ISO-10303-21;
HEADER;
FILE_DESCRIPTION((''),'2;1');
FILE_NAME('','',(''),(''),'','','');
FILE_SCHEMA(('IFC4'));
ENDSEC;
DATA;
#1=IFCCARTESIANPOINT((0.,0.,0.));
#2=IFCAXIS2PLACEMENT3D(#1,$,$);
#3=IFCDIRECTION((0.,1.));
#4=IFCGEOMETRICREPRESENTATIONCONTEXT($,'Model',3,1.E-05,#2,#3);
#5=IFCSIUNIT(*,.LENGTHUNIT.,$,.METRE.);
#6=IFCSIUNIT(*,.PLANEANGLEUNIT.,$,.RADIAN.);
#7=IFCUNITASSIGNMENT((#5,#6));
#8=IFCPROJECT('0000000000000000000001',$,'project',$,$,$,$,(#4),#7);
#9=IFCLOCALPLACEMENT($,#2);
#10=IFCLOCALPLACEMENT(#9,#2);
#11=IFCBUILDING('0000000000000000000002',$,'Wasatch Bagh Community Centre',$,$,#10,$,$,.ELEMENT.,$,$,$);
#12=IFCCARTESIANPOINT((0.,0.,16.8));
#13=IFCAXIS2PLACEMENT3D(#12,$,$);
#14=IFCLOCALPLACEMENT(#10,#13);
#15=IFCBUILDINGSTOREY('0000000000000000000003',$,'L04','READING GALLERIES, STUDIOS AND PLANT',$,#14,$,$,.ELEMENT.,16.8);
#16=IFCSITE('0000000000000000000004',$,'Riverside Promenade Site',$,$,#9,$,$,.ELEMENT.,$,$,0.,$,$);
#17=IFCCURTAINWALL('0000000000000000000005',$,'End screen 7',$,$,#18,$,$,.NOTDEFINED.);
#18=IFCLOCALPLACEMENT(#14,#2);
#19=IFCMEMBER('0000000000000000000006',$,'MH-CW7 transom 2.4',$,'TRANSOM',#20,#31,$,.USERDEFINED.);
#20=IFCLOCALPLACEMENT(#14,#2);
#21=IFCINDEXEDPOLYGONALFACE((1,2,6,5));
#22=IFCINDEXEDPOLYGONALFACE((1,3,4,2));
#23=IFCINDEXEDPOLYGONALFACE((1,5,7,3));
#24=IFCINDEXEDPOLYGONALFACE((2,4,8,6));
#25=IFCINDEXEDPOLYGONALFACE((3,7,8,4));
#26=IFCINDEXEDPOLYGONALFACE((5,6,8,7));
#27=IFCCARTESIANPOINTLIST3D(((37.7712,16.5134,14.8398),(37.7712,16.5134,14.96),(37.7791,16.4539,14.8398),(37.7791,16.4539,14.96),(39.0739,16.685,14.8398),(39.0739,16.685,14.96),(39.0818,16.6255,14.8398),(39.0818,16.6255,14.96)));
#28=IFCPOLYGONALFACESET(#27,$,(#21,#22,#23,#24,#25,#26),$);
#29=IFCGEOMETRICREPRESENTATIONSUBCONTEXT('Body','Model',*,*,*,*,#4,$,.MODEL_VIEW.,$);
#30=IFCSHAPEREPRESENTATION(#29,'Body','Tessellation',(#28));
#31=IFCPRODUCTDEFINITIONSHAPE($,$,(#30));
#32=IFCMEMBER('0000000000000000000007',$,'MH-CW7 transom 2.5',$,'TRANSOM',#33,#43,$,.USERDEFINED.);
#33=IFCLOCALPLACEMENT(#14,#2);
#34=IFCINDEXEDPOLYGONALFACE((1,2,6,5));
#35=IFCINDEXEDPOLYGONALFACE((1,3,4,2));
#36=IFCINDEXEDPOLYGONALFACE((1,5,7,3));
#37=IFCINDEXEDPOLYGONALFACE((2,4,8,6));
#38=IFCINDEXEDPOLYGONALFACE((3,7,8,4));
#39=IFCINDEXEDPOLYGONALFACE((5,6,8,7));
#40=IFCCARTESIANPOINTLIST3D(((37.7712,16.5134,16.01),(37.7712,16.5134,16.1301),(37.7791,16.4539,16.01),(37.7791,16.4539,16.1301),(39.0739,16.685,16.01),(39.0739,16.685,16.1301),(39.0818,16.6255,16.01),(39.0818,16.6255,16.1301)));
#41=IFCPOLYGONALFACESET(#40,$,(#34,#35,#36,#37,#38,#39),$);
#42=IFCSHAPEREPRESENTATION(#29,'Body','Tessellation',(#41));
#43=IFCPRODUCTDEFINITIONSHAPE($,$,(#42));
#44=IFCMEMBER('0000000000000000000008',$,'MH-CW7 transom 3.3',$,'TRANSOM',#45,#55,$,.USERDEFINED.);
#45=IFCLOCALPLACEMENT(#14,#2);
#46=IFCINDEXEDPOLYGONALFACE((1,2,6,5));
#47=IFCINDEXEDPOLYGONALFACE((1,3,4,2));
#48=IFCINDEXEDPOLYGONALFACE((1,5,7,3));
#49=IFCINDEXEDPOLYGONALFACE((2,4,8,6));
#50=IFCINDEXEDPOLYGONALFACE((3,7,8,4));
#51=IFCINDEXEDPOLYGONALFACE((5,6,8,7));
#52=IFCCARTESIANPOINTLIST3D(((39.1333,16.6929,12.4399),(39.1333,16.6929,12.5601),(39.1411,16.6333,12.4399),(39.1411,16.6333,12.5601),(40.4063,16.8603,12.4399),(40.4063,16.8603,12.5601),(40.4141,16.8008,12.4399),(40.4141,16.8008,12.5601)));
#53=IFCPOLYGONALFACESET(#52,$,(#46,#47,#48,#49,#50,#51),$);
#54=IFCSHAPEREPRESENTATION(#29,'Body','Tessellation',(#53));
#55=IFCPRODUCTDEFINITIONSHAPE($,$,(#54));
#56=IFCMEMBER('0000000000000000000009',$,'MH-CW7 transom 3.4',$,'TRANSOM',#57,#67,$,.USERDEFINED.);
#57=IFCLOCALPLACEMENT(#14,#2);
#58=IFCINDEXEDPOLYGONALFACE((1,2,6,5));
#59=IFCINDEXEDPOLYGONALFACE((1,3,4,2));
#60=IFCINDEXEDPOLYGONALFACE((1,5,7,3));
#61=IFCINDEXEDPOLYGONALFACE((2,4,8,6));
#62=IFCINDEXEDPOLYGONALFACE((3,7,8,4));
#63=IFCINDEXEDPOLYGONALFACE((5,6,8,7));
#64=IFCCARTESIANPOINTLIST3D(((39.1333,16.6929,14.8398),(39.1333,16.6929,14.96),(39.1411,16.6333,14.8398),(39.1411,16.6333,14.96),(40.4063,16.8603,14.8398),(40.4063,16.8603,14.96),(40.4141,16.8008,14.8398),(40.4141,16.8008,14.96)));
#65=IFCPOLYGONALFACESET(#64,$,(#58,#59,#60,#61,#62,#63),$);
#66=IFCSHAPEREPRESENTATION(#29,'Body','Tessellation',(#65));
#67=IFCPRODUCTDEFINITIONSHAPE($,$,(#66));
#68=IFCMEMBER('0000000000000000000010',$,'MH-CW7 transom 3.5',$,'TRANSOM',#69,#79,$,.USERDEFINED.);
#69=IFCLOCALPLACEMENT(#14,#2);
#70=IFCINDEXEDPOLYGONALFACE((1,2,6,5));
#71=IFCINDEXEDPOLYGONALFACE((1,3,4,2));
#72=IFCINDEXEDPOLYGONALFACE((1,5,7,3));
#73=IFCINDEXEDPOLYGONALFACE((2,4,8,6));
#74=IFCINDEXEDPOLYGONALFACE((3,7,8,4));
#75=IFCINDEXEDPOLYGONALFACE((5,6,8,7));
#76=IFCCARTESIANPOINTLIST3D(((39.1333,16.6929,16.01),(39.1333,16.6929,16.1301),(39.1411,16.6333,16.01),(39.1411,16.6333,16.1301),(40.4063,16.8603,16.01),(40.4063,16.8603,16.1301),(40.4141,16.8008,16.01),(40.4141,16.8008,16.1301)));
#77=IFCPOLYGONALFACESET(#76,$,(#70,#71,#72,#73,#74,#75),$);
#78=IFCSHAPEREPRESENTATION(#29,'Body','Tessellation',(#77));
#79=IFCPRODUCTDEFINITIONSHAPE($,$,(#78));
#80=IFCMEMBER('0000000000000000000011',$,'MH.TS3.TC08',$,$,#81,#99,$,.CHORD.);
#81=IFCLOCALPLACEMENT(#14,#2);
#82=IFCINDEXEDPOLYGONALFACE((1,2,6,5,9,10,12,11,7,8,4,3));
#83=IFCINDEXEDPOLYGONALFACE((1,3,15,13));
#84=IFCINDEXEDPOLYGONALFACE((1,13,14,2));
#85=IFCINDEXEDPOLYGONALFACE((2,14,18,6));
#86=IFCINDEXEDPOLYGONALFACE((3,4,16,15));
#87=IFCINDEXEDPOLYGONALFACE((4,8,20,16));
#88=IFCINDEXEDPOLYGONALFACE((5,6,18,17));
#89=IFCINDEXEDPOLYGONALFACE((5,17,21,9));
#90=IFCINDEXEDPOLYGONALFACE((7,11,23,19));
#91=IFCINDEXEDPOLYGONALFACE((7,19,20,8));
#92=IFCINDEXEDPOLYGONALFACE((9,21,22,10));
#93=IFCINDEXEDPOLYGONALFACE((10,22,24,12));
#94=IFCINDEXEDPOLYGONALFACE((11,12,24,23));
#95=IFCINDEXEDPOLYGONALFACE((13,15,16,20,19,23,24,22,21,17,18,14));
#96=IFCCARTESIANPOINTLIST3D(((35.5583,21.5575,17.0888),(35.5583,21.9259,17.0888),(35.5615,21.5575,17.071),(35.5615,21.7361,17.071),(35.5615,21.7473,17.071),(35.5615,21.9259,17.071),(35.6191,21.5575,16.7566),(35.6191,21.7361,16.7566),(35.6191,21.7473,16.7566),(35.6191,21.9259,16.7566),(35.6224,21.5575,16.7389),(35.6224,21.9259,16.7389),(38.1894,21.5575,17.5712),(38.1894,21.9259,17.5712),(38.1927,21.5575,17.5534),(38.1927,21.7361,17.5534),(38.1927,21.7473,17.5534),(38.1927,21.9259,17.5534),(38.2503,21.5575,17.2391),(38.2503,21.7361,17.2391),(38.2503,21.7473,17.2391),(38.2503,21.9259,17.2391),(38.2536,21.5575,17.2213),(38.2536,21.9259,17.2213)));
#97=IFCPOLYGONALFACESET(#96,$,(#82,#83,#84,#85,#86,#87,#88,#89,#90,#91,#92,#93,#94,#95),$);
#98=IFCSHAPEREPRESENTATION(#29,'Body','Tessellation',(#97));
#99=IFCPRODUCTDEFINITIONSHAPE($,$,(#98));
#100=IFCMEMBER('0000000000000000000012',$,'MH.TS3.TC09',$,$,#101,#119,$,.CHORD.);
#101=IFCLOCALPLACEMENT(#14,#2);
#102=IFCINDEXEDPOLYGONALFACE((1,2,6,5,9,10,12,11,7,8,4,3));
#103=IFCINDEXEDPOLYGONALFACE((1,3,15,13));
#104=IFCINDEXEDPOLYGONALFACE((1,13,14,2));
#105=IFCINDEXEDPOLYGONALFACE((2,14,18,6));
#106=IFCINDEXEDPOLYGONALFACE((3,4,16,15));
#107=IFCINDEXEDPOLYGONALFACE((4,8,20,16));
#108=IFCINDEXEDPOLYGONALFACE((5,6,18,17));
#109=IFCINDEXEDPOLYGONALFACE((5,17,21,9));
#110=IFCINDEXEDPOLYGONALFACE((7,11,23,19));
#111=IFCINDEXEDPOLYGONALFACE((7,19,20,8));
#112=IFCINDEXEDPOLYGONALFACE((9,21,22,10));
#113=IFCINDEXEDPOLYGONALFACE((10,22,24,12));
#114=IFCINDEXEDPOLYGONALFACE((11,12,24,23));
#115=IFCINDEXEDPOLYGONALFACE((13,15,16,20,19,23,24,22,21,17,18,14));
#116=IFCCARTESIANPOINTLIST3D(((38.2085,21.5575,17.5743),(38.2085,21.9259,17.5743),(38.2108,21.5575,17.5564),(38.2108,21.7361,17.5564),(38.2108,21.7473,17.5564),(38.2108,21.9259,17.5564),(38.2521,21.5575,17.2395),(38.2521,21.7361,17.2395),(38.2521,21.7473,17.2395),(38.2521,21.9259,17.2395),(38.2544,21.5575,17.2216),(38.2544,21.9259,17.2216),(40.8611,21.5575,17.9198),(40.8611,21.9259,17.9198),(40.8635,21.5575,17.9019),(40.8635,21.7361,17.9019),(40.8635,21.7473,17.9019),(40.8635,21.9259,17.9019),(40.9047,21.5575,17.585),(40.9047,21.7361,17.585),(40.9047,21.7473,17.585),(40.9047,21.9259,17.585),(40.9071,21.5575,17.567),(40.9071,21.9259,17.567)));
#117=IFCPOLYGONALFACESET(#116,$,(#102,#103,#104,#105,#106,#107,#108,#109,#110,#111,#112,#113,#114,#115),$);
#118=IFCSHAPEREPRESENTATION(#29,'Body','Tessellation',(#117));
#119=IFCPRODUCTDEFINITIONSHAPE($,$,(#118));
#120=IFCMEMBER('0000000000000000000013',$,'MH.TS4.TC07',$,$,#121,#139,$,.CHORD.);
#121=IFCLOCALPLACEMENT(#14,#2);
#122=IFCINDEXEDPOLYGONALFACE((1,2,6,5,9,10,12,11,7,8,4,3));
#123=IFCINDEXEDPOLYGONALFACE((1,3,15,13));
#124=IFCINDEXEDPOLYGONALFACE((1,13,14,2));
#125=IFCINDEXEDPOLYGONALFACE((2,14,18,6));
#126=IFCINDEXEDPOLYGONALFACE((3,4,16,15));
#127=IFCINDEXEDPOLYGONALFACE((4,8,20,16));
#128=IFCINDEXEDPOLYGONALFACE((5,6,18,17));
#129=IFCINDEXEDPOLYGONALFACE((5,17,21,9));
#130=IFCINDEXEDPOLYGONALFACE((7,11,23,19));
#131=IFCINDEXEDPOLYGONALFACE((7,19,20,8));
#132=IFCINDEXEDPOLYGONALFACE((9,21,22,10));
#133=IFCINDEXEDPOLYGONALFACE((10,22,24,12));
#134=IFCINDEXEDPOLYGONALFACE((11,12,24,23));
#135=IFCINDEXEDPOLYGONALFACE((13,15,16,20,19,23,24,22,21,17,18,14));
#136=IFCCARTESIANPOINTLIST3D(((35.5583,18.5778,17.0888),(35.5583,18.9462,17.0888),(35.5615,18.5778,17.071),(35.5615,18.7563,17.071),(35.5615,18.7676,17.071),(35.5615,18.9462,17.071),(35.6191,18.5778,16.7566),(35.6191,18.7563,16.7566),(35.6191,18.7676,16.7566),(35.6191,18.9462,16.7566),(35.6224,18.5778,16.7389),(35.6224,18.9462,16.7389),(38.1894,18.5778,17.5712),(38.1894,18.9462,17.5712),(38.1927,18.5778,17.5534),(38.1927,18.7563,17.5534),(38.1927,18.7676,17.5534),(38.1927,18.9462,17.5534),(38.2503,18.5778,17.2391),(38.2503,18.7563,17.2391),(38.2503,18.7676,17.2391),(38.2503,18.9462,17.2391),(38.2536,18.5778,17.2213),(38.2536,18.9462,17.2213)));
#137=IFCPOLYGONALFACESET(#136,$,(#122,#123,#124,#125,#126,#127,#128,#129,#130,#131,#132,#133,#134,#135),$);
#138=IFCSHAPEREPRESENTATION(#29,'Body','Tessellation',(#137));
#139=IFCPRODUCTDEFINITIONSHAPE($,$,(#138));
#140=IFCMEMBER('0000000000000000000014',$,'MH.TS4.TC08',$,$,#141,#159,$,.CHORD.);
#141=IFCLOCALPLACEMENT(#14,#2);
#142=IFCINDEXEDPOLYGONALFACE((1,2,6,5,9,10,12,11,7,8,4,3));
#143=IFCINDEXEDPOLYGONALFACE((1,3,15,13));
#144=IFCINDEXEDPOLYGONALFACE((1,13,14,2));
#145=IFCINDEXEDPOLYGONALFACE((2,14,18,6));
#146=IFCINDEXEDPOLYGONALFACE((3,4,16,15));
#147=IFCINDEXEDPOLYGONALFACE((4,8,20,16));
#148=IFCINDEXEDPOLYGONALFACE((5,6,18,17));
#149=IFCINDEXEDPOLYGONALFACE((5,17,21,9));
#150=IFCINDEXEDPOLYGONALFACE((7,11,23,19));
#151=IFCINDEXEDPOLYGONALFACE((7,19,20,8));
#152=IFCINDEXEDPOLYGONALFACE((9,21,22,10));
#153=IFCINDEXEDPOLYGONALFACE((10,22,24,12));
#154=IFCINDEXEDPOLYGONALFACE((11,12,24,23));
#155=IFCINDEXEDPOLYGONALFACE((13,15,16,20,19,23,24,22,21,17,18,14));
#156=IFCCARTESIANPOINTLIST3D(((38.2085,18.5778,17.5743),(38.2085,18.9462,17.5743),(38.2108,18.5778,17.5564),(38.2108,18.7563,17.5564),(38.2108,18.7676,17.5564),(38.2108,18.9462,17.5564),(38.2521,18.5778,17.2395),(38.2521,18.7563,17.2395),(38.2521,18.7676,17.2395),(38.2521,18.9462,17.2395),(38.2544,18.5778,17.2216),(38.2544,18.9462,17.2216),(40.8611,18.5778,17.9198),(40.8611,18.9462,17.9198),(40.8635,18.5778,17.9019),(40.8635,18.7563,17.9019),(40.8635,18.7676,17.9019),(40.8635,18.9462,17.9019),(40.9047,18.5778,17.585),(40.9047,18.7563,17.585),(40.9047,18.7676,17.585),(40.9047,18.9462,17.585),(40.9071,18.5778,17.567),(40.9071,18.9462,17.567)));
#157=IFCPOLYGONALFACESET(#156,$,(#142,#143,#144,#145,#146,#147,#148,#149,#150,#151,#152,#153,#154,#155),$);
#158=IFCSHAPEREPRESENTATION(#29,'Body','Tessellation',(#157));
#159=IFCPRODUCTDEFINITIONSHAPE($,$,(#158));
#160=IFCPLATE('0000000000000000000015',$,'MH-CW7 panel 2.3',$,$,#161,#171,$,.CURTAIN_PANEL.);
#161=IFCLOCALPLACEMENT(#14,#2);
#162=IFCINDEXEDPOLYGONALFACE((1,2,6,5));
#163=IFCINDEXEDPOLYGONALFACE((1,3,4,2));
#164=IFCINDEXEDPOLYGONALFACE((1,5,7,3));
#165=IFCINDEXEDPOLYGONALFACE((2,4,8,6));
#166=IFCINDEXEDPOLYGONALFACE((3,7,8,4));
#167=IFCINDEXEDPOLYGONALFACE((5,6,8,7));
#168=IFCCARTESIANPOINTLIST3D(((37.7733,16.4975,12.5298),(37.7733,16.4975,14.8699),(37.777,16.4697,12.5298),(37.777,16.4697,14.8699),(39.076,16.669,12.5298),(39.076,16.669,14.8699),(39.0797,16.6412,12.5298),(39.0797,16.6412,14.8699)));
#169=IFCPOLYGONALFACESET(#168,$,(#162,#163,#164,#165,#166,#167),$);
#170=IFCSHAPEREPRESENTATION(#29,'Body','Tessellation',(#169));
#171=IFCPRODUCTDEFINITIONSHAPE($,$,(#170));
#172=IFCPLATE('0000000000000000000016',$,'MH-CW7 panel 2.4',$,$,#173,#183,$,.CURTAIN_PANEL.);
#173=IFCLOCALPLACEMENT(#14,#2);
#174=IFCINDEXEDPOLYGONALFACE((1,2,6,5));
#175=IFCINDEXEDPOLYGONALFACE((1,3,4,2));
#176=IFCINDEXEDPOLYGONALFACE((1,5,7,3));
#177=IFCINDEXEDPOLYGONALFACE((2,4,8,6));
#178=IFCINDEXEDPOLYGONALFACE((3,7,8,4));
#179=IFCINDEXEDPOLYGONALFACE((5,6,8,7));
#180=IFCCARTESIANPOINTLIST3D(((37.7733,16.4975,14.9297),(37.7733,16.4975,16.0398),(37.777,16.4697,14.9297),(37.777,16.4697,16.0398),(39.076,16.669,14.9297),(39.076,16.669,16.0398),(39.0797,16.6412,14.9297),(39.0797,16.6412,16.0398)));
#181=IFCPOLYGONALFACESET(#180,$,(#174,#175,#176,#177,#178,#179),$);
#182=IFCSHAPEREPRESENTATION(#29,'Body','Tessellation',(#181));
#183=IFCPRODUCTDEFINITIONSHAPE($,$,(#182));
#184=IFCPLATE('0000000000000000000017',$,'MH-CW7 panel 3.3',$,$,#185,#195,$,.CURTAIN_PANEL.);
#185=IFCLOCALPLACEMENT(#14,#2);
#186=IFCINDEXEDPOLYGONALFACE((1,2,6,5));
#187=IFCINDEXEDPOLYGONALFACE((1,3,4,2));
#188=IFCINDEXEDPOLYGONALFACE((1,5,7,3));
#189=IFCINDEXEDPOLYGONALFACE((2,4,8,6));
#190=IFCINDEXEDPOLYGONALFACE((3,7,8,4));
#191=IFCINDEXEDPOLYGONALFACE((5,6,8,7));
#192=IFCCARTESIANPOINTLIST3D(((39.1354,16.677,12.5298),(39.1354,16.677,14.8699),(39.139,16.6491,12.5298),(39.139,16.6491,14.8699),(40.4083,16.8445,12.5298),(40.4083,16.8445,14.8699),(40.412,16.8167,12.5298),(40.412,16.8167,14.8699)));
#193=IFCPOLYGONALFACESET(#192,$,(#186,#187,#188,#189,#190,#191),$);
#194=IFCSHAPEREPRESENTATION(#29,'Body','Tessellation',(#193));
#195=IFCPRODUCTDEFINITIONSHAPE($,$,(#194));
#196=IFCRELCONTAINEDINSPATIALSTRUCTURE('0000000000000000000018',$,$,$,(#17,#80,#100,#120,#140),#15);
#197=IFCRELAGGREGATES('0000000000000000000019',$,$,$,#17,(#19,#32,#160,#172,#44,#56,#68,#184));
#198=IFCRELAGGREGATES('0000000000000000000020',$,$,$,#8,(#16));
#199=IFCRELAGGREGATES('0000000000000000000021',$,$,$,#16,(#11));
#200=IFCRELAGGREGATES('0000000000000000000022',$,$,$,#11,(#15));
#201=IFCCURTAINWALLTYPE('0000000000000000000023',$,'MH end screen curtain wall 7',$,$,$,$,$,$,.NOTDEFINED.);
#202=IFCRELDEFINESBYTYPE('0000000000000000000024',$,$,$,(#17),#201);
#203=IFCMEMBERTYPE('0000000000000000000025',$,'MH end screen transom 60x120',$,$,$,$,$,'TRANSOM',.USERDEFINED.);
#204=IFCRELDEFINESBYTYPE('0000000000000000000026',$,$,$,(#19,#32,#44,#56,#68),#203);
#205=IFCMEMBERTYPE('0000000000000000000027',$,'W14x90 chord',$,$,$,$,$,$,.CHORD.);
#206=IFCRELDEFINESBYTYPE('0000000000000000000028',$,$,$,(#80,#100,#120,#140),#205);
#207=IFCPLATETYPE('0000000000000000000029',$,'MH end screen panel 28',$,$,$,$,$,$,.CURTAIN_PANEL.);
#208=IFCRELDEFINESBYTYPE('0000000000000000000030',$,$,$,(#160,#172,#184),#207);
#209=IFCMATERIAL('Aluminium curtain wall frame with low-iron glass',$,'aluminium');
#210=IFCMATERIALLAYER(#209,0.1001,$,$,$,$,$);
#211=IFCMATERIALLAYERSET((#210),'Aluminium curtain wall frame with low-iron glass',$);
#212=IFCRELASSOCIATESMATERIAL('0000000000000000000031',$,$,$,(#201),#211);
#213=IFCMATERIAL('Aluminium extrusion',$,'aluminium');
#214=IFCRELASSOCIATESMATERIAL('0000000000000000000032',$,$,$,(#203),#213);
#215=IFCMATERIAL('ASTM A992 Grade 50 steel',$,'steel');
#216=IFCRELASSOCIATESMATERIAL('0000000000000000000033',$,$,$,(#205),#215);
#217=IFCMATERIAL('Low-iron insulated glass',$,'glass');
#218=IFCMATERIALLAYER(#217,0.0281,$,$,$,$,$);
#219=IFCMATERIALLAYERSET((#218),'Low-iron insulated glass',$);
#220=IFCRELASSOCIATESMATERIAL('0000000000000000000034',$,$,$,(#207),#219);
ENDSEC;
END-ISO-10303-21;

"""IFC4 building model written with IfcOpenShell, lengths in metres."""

from ifc_helpers import new_model, si_unit, direction, frame, origin, origin_2d, place, context, subcontext, project, spatial, rectangle, i_section, extrude, material, layer, layer_set, material_profile, profile_set, type_object, element, aggregate, save


model = new_model("IFC4")

# Units and contexts
model_context = context("Model", 3, precision=1e-05, world=origin(), true_north=direction((0.0, 1.0)))
body_context = subcontext(model_context, "Body", "Model", "MODEL_VIEW")
ifc_project = project(units=[si_unit("LENGTHUNIT", "METRE"), si_unit("PLANEANGLEUNIT", "RADIAN")], contexts=[model_context])

# Site, building, storey
site_placement = place(None, origin())
site = spatial("IfcSite", under=ifc_project, at=site_placement, Name="Riverside Promenade Site", CompositionType="ELEMENT", RefElevation=0.0)
building_placement = place(site_placement, origin())
building = spatial("IfcBuilding", under=site, at=building_placement, Name="Wasatch Bagh Community Centre", CompositionType="ELEMENT")
storey_placement = place(building_placement, frame((0.0, 0.0, 16.8)))
storey = spatial("IfcBuildingStorey", under=building, at=storey_placement, Name="L04", Description="READING GALLERIES, STUDIOS AND PLANT", CompositionType="ELEMENT", Elevation=16.8)

# Curtain wall, members
ifc_material_1 = material(Name="Aluminium curtain wall frame with low-iron glass", Category="aluminium")
ifc_layer_1 = layer(ifc_material_1, 0.1001)
ifc_layer_set_1 = layer_set([ifc_layer_1], Name="Aluminium curtain wall frame with low-iron glass")
curtain_wall_type = type_object("IfcCurtainWallType", Name="MH end screen curtain wall 7", PredefinedType="NOTDEFINED", material=ifc_layer_set_1)
curtain_wall_placement = place(storey_placement, origin())
curtain_wall = element("IfcCurtainWall", 1, at=curtain_wall_placement, inside=storey, type_object=curtain_wall_type, Name="End screen 7", PredefinedType="NOTDEFINED")
ifc_material_2 = material(Name="Aluminium extrusion", Category="aluminium")
ifc_material_profile_1 = material_profile(ifc_material_2, rectangle(XDim=0.0601, YDim=0.1201, at=origin_2d()), Name="AL 60x120")
ifc_profile_set_1 = profile_set([ifc_material_profile_1], Name="Aluminium extrusion")
member_type_1 = type_object("IfcMemberType", Name="MH end screen transom 60x120", ElementType="TRANSOM", PredefinedType="USERDEFINED", material=ifc_profile_set_1)
member_1_placement = place(storey_placement, frame((37.7751, 16.4836, 14.8999), z_axis=(0.991433, 0.130618, 0.0), x_axis=(-0.130618, 0.991433, 0.0)))
member_1 = element("IfcMember", 2, at=member_1_placement, type_object=member_type_1, Name="MH-CW7 transom 2.4", ObjectType="TRANSOM", PredefinedType="USERDEFINED", context=body_context, shape_type="SweptSolid", body=[
    extrude(rectangle(XDim=0.0601, YDim=0.1201, at=origin_2d()), origin(), (0.0, 0.0, 1.0), 1.314),
])
member_2_placement = place(storey_placement, frame((37.7751, 16.4836, 16.0701), z_axis=(0.991433, 0.130618, 0.0), x_axis=(-0.130618, 0.991433, 0.0)))
member_2 = element("IfcMember", 3, at=member_2_placement, type_object=member_type_1, Name="MH-CW7 transom 2.5", ObjectType="TRANSOM", PredefinedType="USERDEFINED", context=body_context, shape_type="SweptSolid", body=[
    extrude(rectangle(XDim=0.0601, YDim=0.1201, at=origin_2d()), origin(), (0.0, 0.0, 1.0), 1.314),
])
member_3_placement = place(storey_placement, frame((39.1372, 16.6631, 12.5), z_axis=(0.991456, 0.130445, 0.0), x_axis=(-0.130445, 0.991456, 0.0)))
member_3 = element("IfcMember", 4, at=member_3_placement, type_object=member_type_1, Name="MH-CW7 transom 3.3", ObjectType="TRANSOM", PredefinedType="USERDEFINED", context=body_context, shape_type="SweptSolid", body=[
    extrude(rectangle(XDim=0.0601, YDim=0.1201, at=origin_2d()), origin(), (0.0, 0.0, 1.0), 1.2839),
])
member_4_placement = place(storey_placement, frame((39.1372, 16.6631, 14.8999), z_axis=(0.991456, 0.130445, 0.0), x_axis=(-0.130445, 0.991456, 0.0)))
member_4 = element("IfcMember", 5, at=member_4_placement, type_object=member_type_1, Name="MH-CW7 transom 3.4", ObjectType="TRANSOM", PredefinedType="USERDEFINED", context=body_context, shape_type="SweptSolid", body=[
    extrude(rectangle(XDim=0.0601, YDim=0.1201, at=origin_2d()), origin(), (0.0, 0.0, 1.0), 1.2839),
])
member_5_placement = place(storey_placement, frame((39.1372, 16.6631, 16.0701), z_axis=(0.991456, 0.130445, 0.0), x_axis=(-0.130445, 0.991456, 0.0)))
member_5 = element("IfcMember", 6, at=member_5_placement, type_object=member_type_1, Name="MH-CW7 transom 3.5", ObjectType="TRANSOM", PredefinedType="USERDEFINED", context=body_context, shape_type="SweptSolid", body=[
    extrude(rectangle(XDim=0.0601, YDim=0.1201, at=origin_2d()), origin(), (0.0, 0.0, 1.0), 1.2839),
])

# Members
ifc_material_3 = material(Name="ASTM A992 Grade 50 steel", Category="steel")
ifc_material_profile_2 = material_profile(ifc_material_3, i_section(OverallWidth=0.3684, OverallDepth=0.3557, WebThickness=0.0112, FlangeThickness=0.0181, at=origin_2d()), Name="W14x90")
ifc_profile_set_2 = profile_set([ifc_material_profile_2], Name="ASTM A992 Grade 50 steel")
member_type_2 = type_object("IfcMemberType", Name="W14x90 chord", PredefinedType="CHORD", material=ifc_profile_set_2)
for number, where, z_axis, x_axis, name in (
    (7, (35.5903, 21.7417, 16.9138), (0.983603, 0.0, 0.180347), (0.0, 1.0, 0.0), "MH.TS3.TC08"),
    (8, (38.2314, 21.7417, 17.3979), (0.991626, 0.0, 0.129144), (0.0, 1.0, 0.0), "MH.TS3.TC09"),
    (9, (35.5903, 18.762, 16.9138), (0.983603, 0.0, 0.180347), (0.0, 1.0, 0.0), "MH.TS4.TC07"),
    (10, (38.2314, 18.762, 17.3979), (0.991626, 0.0, 0.129144), (0.0, 1.0, 0.0), "MH.TS4.TC08"),
):
    element("IfcMember", number, at=place(storey_placement, frame(where, z_axis=z_axis, x_axis=x_axis)), inside=storey, type_object=member_type_2, Name=name, PredefinedType="CHORD", context=body_context, shape_type="SweptSolid", body=[
        extrude(i_section(OverallWidth=0.3684, OverallDepth=0.3557, WebThickness=0.0112, FlangeThickness=0.0181, at=origin_2d()), origin(), (0.0, 0.0, 1.0), 2.675),
    ])

# Plates
ifc_material_4 = material(Name="Low-iron insulated glass", Category="glass")
ifc_layer_2 = layer(ifc_material_4, 0.0281)
ifc_layer_set_2 = layer_set([ifc_layer_2], Name="Low-iron insulated glass")
plate_type = type_object("IfcPlateType", Name="MH end screen panel 28", PredefinedType="CURTAIN_PANEL", material=ifc_layer_set_2)
plate_1_placement = place(storey_placement, frame((38.4265, 16.5693, 12.5298), z_axis=(0.0, 0.0, 1.0), x_axis=(0.991445, 0.130526, 0.0)))
plate_1 = element("IfcPlate", 11, at=plate_1_placement, type_object=plate_type, Name="MH-CW7 panel 2.3", PredefinedType="CURTAIN_PANEL", context=body_context, shape_type="SweptSolid", body=[
    extrude(rectangle(XDim=1.314, YDim=0.0281, at=origin_2d()), origin(), (0.0, 0.0, 1.0), 2.3401),
])
plate_2_placement = place(storey_placement, frame((38.4265, 16.5693, 14.9297), z_axis=(0.0, 0.0, 1.0), x_axis=(0.991445, 0.130526, 0.0)))
plate_2 = element("IfcPlate", 12, at=plate_2_placement, type_object=plate_type, Name="MH-CW7 panel 2.4", PredefinedType="CURTAIN_PANEL", context=body_context, shape_type="SweptSolid", body=[
    extrude(rectangle(XDim=1.314, YDim=0.0281, at=origin_2d()), origin(), (0.0, 0.0, 1.0), 1.1101),
])
plate_3_placement = place(storey_placement, frame((39.7737, 16.7468, 12.5298), z_axis=(0.0, 0.0, 1.0), x_axis=(0.991445, 0.130526, 0.0)))
plate_3 = element("IfcPlate", 13, at=plate_3_placement, type_object=plate_type, Name="MH-CW7 panel 3.3", PredefinedType="CURTAIN_PANEL", context=body_context, shape_type="SweptSolid", body=[
    extrude(rectangle(XDim=1.2839, YDim=0.0281, at=origin_2d()), origin(), (0.0, 0.0, 1.0), 2.3401),
])
aggregate(curtain_wall, [member_1, member_2, plate_1, plate_2, member_3, member_4, member_5, plate_3])

save(model, "model.ifc")
